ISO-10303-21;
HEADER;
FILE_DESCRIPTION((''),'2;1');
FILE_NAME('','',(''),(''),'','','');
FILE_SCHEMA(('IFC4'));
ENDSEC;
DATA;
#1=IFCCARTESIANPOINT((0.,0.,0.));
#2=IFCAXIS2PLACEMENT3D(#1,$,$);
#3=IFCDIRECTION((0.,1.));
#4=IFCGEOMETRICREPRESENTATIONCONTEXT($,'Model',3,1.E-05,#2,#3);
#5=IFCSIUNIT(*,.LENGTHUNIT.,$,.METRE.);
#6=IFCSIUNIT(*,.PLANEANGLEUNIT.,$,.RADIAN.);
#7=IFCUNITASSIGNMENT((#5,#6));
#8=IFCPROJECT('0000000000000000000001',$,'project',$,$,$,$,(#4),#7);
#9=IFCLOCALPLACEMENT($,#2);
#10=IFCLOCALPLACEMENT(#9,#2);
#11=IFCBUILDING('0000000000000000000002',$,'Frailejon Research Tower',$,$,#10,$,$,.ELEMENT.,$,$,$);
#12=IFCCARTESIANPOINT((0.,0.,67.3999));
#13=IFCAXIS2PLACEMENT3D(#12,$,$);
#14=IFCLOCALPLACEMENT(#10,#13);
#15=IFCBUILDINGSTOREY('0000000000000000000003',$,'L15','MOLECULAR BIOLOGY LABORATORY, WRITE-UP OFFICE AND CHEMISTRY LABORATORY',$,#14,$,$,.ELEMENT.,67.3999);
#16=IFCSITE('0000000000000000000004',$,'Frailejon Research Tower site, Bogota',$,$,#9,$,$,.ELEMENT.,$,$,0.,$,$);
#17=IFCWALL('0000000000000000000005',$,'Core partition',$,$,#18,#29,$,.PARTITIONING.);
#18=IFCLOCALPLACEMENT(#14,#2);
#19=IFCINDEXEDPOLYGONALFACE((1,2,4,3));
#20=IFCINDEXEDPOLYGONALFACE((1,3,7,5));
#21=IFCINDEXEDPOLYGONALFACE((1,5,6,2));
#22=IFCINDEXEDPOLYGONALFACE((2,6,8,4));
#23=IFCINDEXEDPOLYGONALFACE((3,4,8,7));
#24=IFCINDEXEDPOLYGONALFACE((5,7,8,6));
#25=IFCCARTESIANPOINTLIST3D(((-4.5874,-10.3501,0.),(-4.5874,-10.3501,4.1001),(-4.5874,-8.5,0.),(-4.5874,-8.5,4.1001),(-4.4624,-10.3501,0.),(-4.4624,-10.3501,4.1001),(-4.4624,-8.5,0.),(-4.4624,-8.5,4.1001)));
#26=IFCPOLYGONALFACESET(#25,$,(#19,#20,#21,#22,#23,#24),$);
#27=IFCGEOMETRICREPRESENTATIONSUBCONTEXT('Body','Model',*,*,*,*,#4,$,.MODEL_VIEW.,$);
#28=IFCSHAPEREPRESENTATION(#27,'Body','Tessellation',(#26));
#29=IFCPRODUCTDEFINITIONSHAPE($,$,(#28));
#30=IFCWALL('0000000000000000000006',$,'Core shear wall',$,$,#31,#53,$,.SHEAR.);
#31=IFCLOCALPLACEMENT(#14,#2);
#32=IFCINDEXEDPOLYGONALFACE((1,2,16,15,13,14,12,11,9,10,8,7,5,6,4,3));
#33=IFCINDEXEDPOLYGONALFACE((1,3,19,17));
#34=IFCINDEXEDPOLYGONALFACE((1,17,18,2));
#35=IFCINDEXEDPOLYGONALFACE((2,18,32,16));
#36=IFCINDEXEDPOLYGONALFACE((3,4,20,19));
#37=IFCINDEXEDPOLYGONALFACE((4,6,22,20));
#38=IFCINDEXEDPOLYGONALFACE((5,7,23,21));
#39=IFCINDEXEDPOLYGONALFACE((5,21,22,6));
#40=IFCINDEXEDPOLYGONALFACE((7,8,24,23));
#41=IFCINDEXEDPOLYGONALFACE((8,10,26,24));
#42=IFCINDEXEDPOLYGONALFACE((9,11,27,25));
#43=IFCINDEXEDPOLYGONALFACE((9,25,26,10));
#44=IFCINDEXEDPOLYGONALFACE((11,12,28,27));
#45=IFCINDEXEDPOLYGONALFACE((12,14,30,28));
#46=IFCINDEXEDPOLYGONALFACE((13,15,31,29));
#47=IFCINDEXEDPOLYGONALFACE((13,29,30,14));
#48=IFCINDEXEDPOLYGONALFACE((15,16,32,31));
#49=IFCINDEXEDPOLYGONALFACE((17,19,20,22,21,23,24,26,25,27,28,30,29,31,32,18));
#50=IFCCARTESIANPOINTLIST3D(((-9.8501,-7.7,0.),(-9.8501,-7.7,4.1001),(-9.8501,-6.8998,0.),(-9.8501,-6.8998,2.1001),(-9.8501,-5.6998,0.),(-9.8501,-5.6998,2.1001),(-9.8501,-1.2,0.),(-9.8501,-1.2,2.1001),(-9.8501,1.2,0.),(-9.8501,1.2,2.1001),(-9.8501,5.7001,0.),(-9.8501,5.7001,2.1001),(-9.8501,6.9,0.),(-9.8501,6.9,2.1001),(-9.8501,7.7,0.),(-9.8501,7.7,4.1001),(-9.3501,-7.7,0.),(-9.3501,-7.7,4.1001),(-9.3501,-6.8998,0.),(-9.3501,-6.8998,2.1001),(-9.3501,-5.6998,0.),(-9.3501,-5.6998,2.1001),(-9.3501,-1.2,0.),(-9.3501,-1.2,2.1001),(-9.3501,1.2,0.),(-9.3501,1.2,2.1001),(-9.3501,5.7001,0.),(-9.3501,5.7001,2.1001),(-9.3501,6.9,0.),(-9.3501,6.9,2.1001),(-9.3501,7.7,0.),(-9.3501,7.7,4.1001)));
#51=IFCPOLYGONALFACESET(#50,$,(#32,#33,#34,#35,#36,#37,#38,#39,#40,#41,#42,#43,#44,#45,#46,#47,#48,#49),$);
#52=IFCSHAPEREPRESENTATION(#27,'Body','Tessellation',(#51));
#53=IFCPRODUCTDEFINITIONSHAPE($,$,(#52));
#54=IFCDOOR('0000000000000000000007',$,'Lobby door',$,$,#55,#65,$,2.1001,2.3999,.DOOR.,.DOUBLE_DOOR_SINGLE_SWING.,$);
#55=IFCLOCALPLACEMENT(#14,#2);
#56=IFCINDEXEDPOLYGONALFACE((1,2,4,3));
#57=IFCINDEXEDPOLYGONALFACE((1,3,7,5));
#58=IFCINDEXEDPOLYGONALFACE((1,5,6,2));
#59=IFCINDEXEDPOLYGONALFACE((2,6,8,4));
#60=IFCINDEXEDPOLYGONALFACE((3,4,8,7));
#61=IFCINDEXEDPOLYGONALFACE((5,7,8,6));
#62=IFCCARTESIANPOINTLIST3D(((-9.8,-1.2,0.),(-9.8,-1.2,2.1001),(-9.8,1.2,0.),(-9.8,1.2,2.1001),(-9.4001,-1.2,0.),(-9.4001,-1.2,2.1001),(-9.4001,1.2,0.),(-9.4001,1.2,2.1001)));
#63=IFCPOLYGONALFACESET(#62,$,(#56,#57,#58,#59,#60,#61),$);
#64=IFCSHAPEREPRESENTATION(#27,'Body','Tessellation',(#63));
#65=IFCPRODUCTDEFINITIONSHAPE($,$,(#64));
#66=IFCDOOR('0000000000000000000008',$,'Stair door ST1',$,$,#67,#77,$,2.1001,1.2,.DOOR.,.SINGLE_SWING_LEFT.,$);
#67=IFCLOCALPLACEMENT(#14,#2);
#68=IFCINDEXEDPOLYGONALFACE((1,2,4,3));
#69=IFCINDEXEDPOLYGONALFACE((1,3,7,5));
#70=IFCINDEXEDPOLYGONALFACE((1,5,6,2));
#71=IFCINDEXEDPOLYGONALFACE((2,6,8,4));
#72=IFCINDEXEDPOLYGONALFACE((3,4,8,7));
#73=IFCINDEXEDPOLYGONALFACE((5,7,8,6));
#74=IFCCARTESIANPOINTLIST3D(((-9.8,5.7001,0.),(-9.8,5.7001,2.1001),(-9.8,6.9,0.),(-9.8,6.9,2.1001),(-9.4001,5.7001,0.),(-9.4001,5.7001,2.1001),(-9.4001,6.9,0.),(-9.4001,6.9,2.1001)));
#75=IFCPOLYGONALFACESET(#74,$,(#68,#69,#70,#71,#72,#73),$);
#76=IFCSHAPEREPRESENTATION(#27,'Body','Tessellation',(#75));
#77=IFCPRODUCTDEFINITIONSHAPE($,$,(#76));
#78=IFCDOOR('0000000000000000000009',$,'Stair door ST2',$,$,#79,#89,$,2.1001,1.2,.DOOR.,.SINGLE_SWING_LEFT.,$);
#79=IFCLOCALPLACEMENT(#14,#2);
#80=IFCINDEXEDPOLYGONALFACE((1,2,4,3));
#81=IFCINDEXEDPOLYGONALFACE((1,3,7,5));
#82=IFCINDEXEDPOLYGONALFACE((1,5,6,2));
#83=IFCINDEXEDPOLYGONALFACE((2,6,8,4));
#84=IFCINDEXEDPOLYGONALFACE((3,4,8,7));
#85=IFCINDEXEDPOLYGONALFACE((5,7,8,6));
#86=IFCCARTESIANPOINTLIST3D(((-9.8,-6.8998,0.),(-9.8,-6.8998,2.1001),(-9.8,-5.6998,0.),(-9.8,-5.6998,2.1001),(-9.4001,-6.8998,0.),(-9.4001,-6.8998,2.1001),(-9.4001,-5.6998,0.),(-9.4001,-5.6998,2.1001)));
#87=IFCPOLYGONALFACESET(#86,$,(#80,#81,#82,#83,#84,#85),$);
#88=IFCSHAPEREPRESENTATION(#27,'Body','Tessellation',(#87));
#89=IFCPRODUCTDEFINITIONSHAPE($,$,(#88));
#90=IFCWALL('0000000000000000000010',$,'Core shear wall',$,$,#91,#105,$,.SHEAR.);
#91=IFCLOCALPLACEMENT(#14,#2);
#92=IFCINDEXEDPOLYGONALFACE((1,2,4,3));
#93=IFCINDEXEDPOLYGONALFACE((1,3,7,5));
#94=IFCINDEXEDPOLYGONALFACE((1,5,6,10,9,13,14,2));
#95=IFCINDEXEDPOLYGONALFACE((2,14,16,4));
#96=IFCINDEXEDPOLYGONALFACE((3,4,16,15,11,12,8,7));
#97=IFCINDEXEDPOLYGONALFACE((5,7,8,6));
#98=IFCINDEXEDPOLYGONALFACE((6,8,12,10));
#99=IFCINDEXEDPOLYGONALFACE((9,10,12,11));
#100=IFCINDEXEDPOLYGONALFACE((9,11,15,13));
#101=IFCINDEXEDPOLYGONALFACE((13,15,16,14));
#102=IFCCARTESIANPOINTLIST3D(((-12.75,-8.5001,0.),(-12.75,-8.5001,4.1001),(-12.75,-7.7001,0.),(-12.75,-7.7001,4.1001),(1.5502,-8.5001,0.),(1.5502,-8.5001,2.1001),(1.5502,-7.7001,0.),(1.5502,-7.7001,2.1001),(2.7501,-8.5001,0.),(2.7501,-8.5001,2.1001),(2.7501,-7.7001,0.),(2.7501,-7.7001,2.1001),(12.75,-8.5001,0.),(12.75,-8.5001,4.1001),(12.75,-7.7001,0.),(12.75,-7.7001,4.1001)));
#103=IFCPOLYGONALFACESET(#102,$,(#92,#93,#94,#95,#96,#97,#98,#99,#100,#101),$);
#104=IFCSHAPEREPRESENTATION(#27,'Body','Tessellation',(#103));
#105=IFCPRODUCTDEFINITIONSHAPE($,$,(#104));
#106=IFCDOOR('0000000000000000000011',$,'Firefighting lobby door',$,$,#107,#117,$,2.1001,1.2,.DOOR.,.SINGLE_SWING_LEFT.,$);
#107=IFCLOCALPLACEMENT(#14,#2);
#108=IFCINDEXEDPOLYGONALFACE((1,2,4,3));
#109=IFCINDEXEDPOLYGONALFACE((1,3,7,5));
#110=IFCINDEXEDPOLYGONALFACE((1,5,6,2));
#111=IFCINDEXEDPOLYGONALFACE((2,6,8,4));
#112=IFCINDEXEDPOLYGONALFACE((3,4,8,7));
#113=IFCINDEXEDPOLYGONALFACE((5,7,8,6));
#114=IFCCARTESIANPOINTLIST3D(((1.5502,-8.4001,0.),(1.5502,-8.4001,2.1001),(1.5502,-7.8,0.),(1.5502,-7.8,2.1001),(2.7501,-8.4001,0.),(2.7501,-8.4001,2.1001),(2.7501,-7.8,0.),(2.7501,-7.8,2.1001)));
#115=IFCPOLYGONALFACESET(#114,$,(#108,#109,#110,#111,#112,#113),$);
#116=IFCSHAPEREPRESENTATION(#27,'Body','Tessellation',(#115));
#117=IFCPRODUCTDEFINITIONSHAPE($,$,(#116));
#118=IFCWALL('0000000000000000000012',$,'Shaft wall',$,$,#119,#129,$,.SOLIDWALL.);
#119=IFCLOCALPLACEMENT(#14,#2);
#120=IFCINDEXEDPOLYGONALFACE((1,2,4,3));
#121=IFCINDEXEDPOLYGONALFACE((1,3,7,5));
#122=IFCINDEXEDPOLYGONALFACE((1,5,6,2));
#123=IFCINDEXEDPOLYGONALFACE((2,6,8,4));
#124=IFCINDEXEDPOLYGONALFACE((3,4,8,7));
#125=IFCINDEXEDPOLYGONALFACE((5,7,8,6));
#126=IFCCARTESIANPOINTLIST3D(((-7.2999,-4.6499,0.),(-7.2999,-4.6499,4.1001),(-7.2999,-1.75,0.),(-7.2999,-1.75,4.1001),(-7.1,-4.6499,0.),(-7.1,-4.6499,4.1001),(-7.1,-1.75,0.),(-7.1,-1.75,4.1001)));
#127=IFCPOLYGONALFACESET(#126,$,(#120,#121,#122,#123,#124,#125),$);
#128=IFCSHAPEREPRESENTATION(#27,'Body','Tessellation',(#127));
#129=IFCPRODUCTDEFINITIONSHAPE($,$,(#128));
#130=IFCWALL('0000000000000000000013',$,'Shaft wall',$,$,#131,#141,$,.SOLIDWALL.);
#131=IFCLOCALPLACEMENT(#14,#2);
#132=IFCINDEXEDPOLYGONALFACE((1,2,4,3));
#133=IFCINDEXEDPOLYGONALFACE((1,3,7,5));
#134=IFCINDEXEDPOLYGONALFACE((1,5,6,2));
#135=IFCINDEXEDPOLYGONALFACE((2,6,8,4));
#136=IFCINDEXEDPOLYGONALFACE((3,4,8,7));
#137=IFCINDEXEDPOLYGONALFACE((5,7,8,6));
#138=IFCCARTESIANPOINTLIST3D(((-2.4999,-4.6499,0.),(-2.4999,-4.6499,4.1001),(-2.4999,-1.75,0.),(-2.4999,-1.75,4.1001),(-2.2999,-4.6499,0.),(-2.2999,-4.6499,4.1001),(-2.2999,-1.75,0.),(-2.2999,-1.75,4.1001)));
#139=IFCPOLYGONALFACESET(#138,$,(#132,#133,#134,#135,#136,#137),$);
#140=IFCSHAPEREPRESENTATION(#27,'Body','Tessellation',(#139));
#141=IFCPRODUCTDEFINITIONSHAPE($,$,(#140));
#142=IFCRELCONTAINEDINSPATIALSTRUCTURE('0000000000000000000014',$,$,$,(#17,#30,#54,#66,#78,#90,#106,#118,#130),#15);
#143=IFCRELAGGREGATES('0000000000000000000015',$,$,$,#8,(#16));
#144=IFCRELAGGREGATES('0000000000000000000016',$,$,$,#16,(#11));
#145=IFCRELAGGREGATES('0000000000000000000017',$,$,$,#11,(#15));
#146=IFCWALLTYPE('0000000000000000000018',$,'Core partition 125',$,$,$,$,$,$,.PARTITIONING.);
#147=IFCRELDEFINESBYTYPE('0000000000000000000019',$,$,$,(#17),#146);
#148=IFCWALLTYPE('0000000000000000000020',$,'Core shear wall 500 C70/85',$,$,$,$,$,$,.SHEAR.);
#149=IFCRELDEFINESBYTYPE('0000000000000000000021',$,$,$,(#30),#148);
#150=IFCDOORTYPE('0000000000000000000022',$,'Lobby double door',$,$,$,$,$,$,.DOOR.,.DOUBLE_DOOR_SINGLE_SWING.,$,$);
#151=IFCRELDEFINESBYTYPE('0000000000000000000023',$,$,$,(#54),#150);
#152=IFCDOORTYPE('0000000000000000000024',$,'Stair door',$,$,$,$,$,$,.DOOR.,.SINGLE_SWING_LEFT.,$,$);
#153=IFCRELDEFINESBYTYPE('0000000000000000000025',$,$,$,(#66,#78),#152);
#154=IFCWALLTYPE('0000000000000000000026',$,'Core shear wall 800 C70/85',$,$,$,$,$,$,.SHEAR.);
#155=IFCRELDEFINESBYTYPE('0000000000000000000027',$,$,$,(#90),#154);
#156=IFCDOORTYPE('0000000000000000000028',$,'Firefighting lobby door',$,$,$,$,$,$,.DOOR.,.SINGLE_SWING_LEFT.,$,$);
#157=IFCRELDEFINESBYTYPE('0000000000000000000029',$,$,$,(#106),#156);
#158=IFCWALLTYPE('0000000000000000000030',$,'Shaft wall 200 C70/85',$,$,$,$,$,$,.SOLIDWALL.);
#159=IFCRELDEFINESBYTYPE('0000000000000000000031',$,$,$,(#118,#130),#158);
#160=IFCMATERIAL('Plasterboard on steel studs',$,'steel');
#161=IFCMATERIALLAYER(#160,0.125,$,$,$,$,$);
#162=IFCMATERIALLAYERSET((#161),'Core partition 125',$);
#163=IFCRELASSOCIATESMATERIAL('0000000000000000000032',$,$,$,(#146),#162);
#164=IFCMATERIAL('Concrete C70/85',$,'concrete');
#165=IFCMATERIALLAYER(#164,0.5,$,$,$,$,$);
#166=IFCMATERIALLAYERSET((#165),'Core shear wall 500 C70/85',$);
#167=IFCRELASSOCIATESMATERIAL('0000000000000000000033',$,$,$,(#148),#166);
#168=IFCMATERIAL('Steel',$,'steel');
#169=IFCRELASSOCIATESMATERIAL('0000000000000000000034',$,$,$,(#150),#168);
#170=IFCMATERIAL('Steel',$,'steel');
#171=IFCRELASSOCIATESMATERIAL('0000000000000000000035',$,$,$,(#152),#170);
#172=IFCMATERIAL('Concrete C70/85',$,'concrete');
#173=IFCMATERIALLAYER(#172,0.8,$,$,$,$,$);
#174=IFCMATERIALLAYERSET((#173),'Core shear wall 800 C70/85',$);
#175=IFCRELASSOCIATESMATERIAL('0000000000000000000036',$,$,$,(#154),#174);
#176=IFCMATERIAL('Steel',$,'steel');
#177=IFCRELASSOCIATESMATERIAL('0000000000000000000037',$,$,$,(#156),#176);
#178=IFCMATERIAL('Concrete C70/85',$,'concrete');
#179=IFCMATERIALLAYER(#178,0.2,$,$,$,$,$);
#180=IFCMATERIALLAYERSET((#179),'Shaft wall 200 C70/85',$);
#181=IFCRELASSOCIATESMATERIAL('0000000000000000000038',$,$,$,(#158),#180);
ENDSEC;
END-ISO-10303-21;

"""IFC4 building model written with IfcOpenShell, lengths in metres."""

from ifc_helpers import new_model, si_unit, direction, frame, frame_2d, origin, place, context, subcontext, project, spatial, rectangle, extrude, material, layer, layer_set, type_object, element, fill, save


model = new_model("IFC4")

# Units and contexts
model_context = context("Model", 3, precision=1e-05, world=origin(), true_north=direction((0.0, 1.0)))
body_context = subcontext(model_context, "Body", "Model", "MODEL_VIEW")
ifc_project = project(units=[si_unit("LENGTHUNIT", "METRE"), si_unit("PLANEANGLEUNIT", "RADIAN")], contexts=[model_context])

# Site, building, storey
site_placement = place(None, origin())
site = spatial("IfcSite", under=ifc_project, at=site_placement, Name="Frailejon Research Tower site, Bogota", CompositionType="ELEMENT", RefElevation=0.0)
building_placement = place(site_placement, origin())
building = spatial("IfcBuilding", under=site, at=building_placement, Name="Frailejon Research Tower", CompositionType="ELEMENT")
storey_placement = place(building_placement, frame((0.0, 0.0, 67.3999)))
storey = spatial("IfcBuildingStorey", under=building, at=storey_placement, Name="L15", Description="MOLECULAR BIOLOGY LABORATORY, WRITE-UP OFFICE AND CHEMISTRY LABORATORY", CompositionType="ELEMENT", Elevation=67.3999)

# Wall
ifc_material_1 = material(Name="Plasterboard on steel studs", Category="steel")
ifc_layer_1 = layer(ifc_material_1, 0.125)
ifc_layer_set_1 = layer_set([ifc_layer_1], Name="Core partition 125")
wall_type_1 = type_object("IfcWallType", Name="Core partition 125", PredefinedType="PARTITIONING", material=ifc_layer_set_1)
wall_1_placement = place(storey_placement, frame((-4.5249, -10.3501, 0.0), z_axis=(0.0, 0.0, 1.0), x_axis=(0.0, 1.0, 0.0)))
element("IfcWall", 1, at=wall_1_placement, inside=storey, type_object=wall_type_1, Name="Core partition", PredefinedType="PARTITIONING", context=body_context, shape_type="SweptSolid", body=[
    extrude(rectangle(XDim=1.8501, YDim=0.125, at=frame_2d((0.925, 0.0))), origin(), (0.0, 0.0, 1.0), 4.1001),
])

# Wall, openings, doors
ifc_material_2 = material(Name="Concrete C70/85", Category="concrete")
ifc_layer_2 = layer(ifc_material_2, 0.5)
ifc_layer_set_2 = layer_set([ifc_layer_2], Name="Core shear wall 500 C70/85")
wall_type_2 = type_object("IfcWallType", Name="Core shear wall 500 C70/85", PredefinedType="SHEAR", material=ifc_layer_set_2)
wall_2_placement = place(storey_placement, frame((-9.6001, -7.7, 0.0), z_axis=(0.0, 0.0, 1.0), x_axis=(0.0, 1.0, 0.0)))
wall_2 = element("IfcWall", 2, at=wall_2_placement, inside=storey, type_object=wall_type_2, Name="Core shear wall", PredefinedType="SHEAR", context=body_context, shape_type="SweptSolid", body=[
    extrude(rectangle(XDim=15.3999, YDim=0.5, at=frame_2d((7.7, 0.0))), origin(), (0.0, 0.0, 1.0), 4.1001),
])
opening_1_placement = place(wall_2_placement, frame((6.5, 0.0, 0.0)))
opening_1 = element("IfcOpeningElement", 3, at=opening_1_placement, cuts=wall_2, PredefinedType="OPENING", context=body_context, shape_type="SweptSolid", body=[
    extrude(rectangle(XDim=2.3999, YDim=2.1001, at=frame_2d((1.2, 1.05))), frame((0.0, 0.26, 0.0), z_axis=(0.0, -1.0, 0.0), x_axis=(1.0, 0.0, 0.0)), (0.0, 0.0, 1.0), 0.52),
])
opening_2_placement = place(wall_2_placement, frame((13.3999, 0.0, 0.0)))
opening_2 = element("IfcOpeningElement", 4, at=opening_2_placement, cuts=wall_2, PredefinedType="OPENING", context=body_context, shape_type="SweptSolid", body=[
    extrude(rectangle(XDim=1.2, YDim=2.1001, at=frame_2d((0.6001, 1.05))), frame((0.0, 0.26, 0.0), z_axis=(0.0, -1.0, 0.0), x_axis=(1.0, 0.0, 0.0)), (0.0, 0.0, 1.0), 0.52),
])
opening_3_placement = place(wall_2_placement, frame((0.8, 0.0, 0.0)))
opening_3 = element("IfcOpeningElement", 5, at=opening_3_placement, cuts=wall_2, PredefinedType="OPENING", context=body_context, shape_type="SweptSolid", body=[
    extrude(rectangle(XDim=1.2, YDim=2.1001, at=frame_2d((0.6001, 1.05))), frame((0.0, 0.26, 0.0), z_axis=(0.0, -1.0, 0.0), x_axis=(1.0, 0.0, 0.0)), (0.0, 0.0, 1.0), 0.52),
])
ifc_material_3 = material(Name="Steel", Category="steel")
door_type_1 = type_object("IfcDoorType", Name="Lobby double door", OperationType="DOUBLE_DOOR_SINGLE_SWING", PredefinedType="DOOR", material=ifc_material_3)
door_1_placement = place(opening_1_placement, origin())
door_1 = element("IfcDoor", 6, at=door_1_placement, inside=storey, type_object=door_type_1, Name="Lobby door", OperationType="DOUBLE_DOOR_SINGLE_SWING", OverallHeight=2.1001, OverallWidth=2.3999, PredefinedType="DOOR", context=body_context, shape_type="SweptSolid", body=[
    extrude(rectangle(XDim=2.3999, YDim=2.1001, at=frame_2d((1.2, 1.05))), frame((0.0, 0.2, 0.0), z_axis=(0.0, -1.0, 0.0), x_axis=(1.0, 0.0, 0.0)), (0.0, 0.0, 1.0), 0.3999),
])
fill(opening_1, door_1)
ifc_material_4 = material(Name="Steel", Category="steel")
door_type_2 = type_object("IfcDoorType", Name="Stair door", OperationType="SINGLE_SWING_LEFT", PredefinedType="DOOR", material=ifc_material_4)
door_2_placement = place(opening_2_placement, origin())
door_2 = element("IfcDoor", 7, at=door_2_placement, inside=storey, type_object=door_type_2, Name="Stair door ST1", OperationType="SINGLE_SWING_LEFT", OverallHeight=2.1001, OverallWidth=1.2, PredefinedType="DOOR", context=body_context, shape_type="SweptSolid", body=[
    extrude(rectangle(XDim=1.2, YDim=2.1001, at=frame_2d((0.6001, 1.05))), frame((0.0, 0.2, 0.0), z_axis=(0.0, -1.0, 0.0), x_axis=(1.0, 0.0, 0.0)), (0.0, 0.0, 1.0), 0.3999),
])
fill(opening_2, door_2)
door_3_placement = place(opening_3_placement, origin())
door_3 = element("IfcDoor", 8, at=door_3_placement, inside=storey, type_object=door_type_2, Name="Stair door ST2", OperationType="SINGLE_SWING_LEFT", OverallHeight=2.1001, OverallWidth=1.2, PredefinedType="DOOR", context=body_context, shape_type="SweptSolid", body=[
    extrude(rectangle(XDim=1.2, YDim=2.1001, at=frame_2d((0.6001, 1.05))), frame((0.0, 0.2, 0.0), z_axis=(0.0, -1.0, 0.0), x_axis=(1.0, 0.0, 0.0)), (0.0, 0.0, 1.0), 0.3999),
])
fill(opening_3, door_3)

# Wall, opening, door
ifc_material_5 = material(Name="Concrete C70/85", Category="concrete")
ifc_layer_3 = layer(ifc_material_5, 0.8)
ifc_layer_set_3 = layer_set([ifc_layer_3], Name="Core shear wall 800 C70/85")
wall_type_3 = type_object("IfcWallType", Name="Core shear wall 800 C70/85", PredefinedType="SHEAR", material=ifc_layer_set_3)
wall_3_placement = place(storey_placement, frame((-12.75, -8.1001, 0.0), z_axis=(0.0, 0.0, 1.0), x_axis=(1.0, 0.0, 0.0)))
wall_3 = element("IfcWall", 9, at=wall_3_placement, inside=storey, type_object=wall_type_3, Name="Core shear wall", PredefinedType="SHEAR", context=body_context, shape_type="SweptSolid", body=[
    extrude(rectangle(XDim=25.5, YDim=0.8, at=frame_2d((12.75, 0.0))), origin(), (0.0, 0.0, 1.0), 4.1001),
])
opening_4_placement = place(wall_3_placement, frame((14.3, 0.0, 0.0)))
opening_4 = element("IfcOpeningElement", 10, at=opening_4_placement, cuts=wall_3, PredefinedType="OPENING", context=body_context, shape_type="SweptSolid", body=[
    extrude(rectangle(XDim=1.2, YDim=2.1001, at=frame_2d((0.6001, 1.05))), frame((0.0, 0.4099, 0.0), z_axis=(0.0, -1.0, 0.0), x_axis=(1.0, 0.0, 0.0)), (0.0, 0.0, 1.0), 0.8201),
])
ifc_material_6 = material(Name="Steel", Category="steel")
door_type_3 = type_object("IfcDoorType", Name="Firefighting lobby door", OperationType="SINGLE_SWING_LEFT", PredefinedType="DOOR", material=ifc_material_6)
door_4_placement = place(opening_4_placement, origin())
door_4 = element("IfcDoor", 11, at=door_4_placement, inside=storey, type_object=door_type_3, Name="Firefighting lobby door", OperationType="SINGLE_SWING_LEFT", OverallHeight=2.1001, OverallWidth=1.2, PredefinedType="DOOR", context=body_context, shape_type="SweptSolid", body=[
    extrude(rectangle(XDim=1.2, YDim=2.1001, at=frame_2d((0.6001, 1.05))), frame((0.0, 0.3, 0.0), z_axis=(0.0, -1.0, 0.0), x_axis=(1.0, 0.0, 0.0)), (0.0, 0.0, 1.0), 0.6001),
])
fill(opening_4, door_4)

# Walls
ifc_material_7 = material(Name="Concrete C70/85", Category="concrete")
ifc_layer_4 = layer(ifc_material_7, 0.2)
ifc_layer_set_4 = layer_set([ifc_layer_4], Name="Shaft wall 200 C70/85")
wall_type_4 = type_object("IfcWallType", Name="Shaft wall 200 C70/85", PredefinedType="SOLIDWALL", material=ifc_layer_set_4)
for number, where, z_axis, x_axis, name in (
    (12, (-7.2, -4.6499, 0.0), (0.0, 0.0, 1.0), (0.0, 1.0, 0.0), "Shaft wall"),
    (13, (-2.3999, -4.6499, 0.0), (0.0, 0.0, 1.0), (0.0, 1.0, 0.0), "Shaft wall"),
):
    element("IfcWall", number, at=place(storey_placement, frame(where, z_axis=z_axis, x_axis=x_axis)), inside=storey, type_object=wall_type_4, Name=name, PredefinedType="SOLIDWALL", context=body_context, shape_type="SweptSolid", body=[
        extrude(rectangle(XDim=2.8999, YDim=0.2, at=frame_2d((1.45, 0.0))), origin(), (0.0, 0.0, 1.0), 4.1001),
    ])

save(model, "model.ifc")
